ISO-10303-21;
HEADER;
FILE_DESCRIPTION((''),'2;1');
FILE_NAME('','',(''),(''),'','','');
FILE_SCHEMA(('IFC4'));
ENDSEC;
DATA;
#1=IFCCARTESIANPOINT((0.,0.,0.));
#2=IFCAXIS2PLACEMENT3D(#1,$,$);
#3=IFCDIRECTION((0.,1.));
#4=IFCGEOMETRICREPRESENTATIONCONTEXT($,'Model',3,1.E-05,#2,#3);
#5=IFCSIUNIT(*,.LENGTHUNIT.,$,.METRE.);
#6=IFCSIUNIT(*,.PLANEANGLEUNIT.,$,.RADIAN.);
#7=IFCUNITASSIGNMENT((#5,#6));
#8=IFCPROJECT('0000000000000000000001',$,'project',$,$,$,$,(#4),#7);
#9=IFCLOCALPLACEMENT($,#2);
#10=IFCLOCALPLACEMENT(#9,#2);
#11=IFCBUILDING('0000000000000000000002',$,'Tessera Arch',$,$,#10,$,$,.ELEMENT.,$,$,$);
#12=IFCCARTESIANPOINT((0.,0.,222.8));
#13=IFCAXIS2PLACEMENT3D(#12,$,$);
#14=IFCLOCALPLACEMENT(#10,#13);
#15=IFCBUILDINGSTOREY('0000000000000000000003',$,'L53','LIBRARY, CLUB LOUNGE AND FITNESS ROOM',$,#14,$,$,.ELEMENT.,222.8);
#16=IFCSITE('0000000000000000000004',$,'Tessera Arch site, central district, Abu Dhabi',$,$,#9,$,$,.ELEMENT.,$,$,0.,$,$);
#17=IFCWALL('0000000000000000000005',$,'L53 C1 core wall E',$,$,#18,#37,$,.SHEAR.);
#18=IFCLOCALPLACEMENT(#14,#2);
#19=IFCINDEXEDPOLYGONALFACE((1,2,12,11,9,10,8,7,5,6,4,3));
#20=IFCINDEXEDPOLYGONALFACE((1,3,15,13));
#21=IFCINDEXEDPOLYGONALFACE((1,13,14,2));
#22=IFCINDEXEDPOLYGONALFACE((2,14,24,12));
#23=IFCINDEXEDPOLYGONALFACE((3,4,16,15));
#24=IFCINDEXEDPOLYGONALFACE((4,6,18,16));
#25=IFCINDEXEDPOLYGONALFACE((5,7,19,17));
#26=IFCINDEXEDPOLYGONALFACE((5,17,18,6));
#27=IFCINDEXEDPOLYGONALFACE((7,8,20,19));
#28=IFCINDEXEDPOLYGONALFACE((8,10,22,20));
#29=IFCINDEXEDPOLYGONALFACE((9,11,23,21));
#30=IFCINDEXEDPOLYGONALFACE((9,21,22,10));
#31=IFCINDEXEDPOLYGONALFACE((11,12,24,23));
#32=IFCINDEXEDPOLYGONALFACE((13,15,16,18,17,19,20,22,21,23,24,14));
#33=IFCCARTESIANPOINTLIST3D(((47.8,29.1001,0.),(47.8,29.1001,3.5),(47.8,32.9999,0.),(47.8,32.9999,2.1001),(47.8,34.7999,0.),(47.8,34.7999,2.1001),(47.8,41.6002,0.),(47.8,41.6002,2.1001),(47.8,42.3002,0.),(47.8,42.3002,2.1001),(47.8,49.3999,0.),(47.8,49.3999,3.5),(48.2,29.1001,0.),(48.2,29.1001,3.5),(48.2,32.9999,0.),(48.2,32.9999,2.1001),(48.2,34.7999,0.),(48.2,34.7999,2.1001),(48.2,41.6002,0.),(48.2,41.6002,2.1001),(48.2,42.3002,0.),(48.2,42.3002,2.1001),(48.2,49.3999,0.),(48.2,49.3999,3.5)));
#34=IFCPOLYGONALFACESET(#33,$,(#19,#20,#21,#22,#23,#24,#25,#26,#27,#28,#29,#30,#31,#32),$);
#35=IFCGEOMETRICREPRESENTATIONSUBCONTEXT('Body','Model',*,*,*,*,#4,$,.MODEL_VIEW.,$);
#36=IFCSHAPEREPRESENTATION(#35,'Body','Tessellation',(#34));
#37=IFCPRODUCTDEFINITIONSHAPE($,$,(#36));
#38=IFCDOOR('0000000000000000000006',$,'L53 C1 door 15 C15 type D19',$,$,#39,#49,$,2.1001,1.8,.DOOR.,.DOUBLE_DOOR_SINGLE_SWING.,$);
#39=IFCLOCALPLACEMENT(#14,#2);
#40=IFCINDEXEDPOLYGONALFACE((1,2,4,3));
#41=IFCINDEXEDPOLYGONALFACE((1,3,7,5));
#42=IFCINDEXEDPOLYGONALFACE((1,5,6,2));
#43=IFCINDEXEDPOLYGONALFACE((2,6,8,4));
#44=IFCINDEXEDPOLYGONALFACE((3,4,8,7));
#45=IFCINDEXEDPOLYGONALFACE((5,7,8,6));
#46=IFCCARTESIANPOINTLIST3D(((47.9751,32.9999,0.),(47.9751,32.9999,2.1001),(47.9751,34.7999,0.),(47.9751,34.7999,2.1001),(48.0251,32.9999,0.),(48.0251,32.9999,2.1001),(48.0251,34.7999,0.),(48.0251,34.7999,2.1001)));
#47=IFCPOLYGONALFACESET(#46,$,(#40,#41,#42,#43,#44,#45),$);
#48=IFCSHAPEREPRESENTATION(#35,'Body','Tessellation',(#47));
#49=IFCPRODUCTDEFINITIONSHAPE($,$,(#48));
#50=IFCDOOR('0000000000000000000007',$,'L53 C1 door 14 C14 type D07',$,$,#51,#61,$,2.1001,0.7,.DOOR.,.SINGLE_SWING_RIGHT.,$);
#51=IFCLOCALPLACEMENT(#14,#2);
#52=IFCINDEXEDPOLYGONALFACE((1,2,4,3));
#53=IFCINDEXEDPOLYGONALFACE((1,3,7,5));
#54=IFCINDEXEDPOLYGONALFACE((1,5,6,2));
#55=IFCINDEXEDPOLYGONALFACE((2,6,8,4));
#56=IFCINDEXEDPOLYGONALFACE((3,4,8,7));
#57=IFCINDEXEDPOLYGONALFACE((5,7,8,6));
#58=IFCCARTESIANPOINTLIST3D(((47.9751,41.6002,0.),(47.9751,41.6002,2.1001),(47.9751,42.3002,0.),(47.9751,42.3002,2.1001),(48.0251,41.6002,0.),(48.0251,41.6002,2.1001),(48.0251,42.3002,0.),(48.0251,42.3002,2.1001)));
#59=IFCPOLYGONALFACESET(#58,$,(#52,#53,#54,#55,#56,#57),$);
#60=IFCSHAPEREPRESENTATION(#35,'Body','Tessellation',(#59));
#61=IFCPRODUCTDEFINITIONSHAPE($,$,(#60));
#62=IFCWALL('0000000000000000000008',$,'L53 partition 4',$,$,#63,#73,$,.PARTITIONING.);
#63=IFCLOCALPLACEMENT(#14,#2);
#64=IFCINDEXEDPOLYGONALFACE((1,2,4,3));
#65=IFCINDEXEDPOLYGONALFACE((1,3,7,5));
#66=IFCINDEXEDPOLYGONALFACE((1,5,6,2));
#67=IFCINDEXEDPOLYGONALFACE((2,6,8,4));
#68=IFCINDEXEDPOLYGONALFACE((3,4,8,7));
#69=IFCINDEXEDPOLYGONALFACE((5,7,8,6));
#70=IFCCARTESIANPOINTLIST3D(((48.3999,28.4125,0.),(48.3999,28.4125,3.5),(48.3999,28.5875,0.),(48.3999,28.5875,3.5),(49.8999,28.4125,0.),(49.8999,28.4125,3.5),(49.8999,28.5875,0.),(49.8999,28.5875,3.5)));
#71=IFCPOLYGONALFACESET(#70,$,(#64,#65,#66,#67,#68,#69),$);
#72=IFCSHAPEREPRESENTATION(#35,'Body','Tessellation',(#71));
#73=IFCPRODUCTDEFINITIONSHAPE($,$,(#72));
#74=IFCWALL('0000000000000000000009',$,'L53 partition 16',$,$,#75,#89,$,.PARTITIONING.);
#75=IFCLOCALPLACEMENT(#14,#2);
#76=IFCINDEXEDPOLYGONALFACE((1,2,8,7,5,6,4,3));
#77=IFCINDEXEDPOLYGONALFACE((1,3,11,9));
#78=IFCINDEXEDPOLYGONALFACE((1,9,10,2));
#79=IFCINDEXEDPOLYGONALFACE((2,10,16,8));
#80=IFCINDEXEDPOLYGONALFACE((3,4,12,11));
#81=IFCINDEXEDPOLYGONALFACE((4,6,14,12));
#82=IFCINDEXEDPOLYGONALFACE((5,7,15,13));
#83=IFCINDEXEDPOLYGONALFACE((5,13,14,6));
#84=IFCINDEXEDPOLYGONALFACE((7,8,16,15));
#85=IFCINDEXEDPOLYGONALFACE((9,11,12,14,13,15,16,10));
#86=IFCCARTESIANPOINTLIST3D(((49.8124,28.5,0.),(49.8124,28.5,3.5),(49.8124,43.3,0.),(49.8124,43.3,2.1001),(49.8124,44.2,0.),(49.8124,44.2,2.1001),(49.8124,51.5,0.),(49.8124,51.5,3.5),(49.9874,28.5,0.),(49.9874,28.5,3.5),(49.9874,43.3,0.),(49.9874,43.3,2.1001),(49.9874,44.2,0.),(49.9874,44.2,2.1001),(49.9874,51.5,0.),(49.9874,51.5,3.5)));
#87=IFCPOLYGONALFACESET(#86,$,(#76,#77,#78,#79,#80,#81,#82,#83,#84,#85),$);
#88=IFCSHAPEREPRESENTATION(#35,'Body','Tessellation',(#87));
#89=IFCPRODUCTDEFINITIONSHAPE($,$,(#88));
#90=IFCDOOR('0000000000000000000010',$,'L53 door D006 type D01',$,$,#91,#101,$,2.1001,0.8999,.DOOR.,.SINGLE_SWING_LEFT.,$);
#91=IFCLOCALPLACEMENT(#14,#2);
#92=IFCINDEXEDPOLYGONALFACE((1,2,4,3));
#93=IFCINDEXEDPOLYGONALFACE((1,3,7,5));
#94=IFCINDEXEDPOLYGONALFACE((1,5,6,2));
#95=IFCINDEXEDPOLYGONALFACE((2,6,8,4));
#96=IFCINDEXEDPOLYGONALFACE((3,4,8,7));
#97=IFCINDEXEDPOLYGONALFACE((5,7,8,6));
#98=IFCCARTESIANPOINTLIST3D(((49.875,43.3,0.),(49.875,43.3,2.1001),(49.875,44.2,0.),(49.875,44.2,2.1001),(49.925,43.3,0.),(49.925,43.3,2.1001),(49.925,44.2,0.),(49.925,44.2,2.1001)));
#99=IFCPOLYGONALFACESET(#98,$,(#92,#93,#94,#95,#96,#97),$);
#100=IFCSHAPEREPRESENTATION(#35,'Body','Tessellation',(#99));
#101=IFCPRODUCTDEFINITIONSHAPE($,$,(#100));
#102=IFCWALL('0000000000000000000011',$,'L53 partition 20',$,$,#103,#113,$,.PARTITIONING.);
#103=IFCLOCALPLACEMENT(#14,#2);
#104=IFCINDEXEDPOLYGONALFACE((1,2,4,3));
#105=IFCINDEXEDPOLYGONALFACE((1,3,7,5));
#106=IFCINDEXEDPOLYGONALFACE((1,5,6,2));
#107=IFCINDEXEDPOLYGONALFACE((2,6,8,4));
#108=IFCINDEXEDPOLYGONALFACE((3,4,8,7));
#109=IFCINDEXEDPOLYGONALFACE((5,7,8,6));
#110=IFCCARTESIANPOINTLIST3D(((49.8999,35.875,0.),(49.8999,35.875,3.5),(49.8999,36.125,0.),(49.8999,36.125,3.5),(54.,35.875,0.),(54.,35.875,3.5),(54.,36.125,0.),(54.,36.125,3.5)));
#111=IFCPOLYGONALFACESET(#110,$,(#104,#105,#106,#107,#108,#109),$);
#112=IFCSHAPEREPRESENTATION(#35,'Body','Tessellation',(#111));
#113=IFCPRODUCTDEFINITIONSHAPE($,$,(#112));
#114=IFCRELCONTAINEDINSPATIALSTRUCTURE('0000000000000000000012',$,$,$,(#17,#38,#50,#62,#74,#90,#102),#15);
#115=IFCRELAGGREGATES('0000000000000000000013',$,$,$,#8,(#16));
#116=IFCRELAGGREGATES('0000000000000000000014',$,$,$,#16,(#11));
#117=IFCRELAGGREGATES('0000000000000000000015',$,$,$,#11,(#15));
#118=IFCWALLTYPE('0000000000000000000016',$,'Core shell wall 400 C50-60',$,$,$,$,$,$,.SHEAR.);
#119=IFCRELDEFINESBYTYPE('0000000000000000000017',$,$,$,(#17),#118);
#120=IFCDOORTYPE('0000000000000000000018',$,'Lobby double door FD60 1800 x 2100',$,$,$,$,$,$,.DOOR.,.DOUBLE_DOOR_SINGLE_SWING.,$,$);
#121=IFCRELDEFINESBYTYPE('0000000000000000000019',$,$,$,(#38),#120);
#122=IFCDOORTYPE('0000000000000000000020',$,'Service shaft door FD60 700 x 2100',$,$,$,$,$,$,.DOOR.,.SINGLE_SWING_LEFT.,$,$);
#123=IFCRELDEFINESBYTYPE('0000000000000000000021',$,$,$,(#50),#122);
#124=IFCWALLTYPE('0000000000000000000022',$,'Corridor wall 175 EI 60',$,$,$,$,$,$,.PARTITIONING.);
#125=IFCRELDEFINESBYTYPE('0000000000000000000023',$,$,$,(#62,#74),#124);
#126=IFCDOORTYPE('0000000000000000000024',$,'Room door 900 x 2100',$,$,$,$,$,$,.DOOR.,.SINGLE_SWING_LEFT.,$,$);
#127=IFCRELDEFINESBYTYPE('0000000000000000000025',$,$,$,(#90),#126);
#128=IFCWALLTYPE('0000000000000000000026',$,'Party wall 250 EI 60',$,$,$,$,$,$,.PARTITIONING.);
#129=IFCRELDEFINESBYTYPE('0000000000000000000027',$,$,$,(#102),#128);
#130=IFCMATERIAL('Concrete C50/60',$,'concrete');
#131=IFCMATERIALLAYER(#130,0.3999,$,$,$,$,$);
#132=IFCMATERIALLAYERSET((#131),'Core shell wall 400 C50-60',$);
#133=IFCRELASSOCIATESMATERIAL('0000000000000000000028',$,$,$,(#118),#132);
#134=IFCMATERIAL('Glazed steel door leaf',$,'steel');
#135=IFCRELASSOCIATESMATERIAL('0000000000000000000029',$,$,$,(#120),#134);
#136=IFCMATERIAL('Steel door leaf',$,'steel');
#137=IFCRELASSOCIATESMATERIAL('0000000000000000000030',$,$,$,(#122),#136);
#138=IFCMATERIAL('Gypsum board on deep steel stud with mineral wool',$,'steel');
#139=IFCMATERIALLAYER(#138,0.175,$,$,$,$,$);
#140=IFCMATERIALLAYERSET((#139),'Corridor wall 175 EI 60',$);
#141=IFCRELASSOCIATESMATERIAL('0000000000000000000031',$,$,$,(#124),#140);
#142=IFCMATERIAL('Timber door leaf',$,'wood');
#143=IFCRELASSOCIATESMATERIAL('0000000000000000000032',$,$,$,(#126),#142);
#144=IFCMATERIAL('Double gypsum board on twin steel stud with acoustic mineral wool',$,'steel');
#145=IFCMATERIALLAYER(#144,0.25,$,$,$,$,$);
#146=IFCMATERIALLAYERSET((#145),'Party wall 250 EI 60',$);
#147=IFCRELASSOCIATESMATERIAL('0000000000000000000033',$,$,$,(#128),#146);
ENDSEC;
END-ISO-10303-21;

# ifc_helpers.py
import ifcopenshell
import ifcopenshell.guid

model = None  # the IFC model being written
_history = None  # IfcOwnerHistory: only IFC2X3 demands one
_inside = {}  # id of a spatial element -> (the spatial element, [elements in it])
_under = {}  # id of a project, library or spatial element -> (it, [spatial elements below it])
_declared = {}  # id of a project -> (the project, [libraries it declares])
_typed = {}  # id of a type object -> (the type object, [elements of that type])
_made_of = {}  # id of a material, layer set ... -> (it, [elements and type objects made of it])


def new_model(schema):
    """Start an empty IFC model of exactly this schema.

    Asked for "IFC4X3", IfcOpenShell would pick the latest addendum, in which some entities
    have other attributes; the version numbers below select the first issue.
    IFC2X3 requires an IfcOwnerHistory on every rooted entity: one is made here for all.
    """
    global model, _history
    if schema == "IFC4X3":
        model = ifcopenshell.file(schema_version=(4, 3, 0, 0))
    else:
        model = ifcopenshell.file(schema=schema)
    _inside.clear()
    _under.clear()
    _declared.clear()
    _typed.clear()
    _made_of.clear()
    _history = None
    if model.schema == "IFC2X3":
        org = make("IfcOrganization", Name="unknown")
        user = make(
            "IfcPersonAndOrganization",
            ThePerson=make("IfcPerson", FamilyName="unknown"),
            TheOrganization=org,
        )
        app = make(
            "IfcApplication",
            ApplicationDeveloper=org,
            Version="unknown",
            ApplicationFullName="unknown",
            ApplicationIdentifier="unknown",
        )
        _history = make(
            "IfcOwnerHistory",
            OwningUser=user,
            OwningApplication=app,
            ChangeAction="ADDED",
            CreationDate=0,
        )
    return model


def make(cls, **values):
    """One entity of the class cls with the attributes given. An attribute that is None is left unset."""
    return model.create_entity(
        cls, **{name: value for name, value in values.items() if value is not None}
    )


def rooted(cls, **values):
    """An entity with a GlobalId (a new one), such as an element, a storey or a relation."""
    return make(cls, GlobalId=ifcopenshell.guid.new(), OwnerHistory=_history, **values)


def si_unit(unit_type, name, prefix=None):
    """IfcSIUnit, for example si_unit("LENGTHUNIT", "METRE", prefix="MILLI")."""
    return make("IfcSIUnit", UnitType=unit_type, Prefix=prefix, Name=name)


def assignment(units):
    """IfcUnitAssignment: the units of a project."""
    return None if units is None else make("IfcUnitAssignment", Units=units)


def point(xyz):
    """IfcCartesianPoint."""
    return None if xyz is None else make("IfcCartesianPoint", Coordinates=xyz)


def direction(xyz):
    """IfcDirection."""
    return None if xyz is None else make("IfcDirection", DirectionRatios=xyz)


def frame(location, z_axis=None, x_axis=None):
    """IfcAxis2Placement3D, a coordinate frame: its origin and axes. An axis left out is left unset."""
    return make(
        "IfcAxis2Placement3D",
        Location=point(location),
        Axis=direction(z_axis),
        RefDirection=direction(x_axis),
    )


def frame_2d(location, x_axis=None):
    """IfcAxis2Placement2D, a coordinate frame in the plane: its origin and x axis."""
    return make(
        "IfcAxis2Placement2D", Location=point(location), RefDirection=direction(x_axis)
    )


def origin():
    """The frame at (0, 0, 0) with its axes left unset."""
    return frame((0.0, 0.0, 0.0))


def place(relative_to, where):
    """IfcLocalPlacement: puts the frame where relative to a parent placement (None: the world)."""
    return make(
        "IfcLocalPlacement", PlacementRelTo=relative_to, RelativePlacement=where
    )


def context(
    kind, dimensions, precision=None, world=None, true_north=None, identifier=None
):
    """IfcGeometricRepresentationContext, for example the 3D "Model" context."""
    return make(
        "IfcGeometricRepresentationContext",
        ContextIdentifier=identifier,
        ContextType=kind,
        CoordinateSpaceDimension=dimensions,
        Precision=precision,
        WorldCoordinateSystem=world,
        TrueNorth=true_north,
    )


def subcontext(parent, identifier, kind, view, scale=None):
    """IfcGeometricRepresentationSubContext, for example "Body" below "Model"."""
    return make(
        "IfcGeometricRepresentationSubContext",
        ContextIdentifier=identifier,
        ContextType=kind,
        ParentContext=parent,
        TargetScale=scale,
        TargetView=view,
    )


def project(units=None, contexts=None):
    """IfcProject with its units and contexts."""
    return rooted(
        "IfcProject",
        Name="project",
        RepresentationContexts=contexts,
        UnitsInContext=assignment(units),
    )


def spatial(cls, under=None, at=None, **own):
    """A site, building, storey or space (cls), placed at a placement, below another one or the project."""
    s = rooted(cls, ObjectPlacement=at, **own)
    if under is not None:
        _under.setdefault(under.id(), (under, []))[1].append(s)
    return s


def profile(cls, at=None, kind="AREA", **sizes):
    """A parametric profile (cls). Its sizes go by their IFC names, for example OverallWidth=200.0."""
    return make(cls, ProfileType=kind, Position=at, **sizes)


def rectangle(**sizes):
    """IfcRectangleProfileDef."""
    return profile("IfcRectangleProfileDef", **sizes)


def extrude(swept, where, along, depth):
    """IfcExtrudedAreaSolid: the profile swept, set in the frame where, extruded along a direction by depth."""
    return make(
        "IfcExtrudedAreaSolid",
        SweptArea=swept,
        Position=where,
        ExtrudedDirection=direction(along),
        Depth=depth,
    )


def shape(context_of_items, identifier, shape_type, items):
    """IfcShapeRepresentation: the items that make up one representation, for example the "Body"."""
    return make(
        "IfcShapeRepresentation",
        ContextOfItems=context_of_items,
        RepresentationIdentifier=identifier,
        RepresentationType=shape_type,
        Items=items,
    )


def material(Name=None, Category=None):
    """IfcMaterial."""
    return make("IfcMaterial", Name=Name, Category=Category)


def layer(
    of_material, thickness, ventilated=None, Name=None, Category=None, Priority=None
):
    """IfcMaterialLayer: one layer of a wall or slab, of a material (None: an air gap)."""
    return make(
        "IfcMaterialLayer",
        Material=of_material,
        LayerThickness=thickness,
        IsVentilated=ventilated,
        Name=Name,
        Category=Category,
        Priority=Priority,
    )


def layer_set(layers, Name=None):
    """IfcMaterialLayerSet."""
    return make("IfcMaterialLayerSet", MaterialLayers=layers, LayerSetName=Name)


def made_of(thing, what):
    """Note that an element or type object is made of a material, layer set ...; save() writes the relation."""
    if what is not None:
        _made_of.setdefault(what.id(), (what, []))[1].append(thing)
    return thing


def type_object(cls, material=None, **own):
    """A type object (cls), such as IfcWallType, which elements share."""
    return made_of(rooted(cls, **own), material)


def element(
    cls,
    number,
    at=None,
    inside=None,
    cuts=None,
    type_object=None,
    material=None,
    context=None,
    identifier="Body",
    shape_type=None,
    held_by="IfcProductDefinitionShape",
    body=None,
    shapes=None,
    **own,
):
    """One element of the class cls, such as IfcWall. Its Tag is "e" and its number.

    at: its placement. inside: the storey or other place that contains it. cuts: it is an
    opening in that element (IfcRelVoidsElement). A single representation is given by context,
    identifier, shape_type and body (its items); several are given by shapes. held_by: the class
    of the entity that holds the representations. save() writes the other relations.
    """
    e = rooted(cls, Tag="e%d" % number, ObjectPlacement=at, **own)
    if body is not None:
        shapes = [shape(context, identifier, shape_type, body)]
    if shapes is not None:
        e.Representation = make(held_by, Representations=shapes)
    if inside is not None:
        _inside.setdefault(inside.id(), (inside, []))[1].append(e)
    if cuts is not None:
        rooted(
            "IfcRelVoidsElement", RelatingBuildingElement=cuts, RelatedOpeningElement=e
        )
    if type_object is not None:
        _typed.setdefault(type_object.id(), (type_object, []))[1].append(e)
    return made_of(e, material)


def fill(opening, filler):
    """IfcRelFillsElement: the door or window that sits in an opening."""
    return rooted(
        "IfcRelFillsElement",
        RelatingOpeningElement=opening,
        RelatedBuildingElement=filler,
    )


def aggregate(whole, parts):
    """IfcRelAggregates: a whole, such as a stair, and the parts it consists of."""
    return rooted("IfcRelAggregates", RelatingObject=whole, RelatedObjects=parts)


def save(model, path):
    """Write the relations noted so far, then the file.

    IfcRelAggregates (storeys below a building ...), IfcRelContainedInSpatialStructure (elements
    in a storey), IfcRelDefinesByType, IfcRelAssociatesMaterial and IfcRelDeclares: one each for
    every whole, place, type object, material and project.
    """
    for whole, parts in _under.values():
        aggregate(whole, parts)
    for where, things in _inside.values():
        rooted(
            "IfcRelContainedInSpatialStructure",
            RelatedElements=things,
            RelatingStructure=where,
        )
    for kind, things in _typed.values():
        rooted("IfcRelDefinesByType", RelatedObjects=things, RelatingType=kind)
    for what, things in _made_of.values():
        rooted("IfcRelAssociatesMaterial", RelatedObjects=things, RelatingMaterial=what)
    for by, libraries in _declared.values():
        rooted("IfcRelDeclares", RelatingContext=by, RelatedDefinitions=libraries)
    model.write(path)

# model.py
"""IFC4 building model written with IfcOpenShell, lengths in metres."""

from ifc_helpers import new_model, si_unit, direction, frame, frame_2d, origin, place, context, subcontext, project, spatial, rectangle, extrude, material, layer, layer_set, type_object, element, fill, save


model = new_model("IFC4")

# Units and contexts
model_context = context("Model", 3, precision=1e-05, world=origin(), true_north=direction((0.0, 1.0)))
body_context = subcontext(model_context, "Body", "Model", "MODEL_VIEW")
ifc_project = project(units=[si_unit("LENGTHUNIT", "METRE"), si_unit("PLANEANGLEUNIT", "RADIAN")], contexts=[model_context])

# Site, building, storey
site_placement = place(None, origin())
site = spatial("IfcSite", under=ifc_project, at=site_placement, Name="Tessera Arch site, central district, Abu Dhabi", CompositionType="ELEMENT", RefElevation=0.0)
building_placement = place(site_placement, origin())
building = spatial("IfcBuilding", under=site, at=building_placement, Name="Tessera Arch", CompositionType="ELEMENT")
storey_placement = place(building_placement, frame((0.0, 0.0, 222.8)))
storey = spatial("IfcBuildingStorey", under=building, at=storey_placement, Name="L53", Description="LIBRARY, CLUB LOUNGE AND FITNESS ROOM", CompositionType="ELEMENT", Elevation=222.8)

# Wall, openings, doors
ifc_material_1 = material(Name="Concrete C50/60", Category="concrete")
ifc_layer_1 = layer(ifc_material_1, 0.3999)
ifc_layer_set_1 = layer_set([ifc_layer_1], Name="Core shell wall 400 C50-60")
wall_type_1 = type_object("IfcWallType", Name="Core shell wall 400 C50-60", PredefinedType="SHEAR", material=ifc_layer_set_1)
wall_1_placement = place(storey_placement, frame((48.0, 29.1001, 0.0), z_axis=(0.0, 0.0, 1.0), x_axis=(0.0, 1.0, 0.0)))
wall_1 = element("IfcWall", 1, at=wall_1_placement, inside=storey, type_object=wall_type_1, Name="L53 C1 core wall E", PredefinedType="SHEAR", context=body_context, shape_type="SweptSolid", body=[
    extrude(rectangle(XDim=20.2998, YDim=0.3999, at=frame_2d((10.1499, 0.0))), origin(), (0.0, 0.0, 1.0), 3.5),
])
opening_1_placement = place(wall_1_placement, frame((12.5, 0.0, 0.0)))
opening_1 = element("IfcOpeningElement", 2, at=opening_1_placement, cuts=wall_1, PredefinedType="OPENING", context=body_context, shape_type="SweptSolid", body=[
    extrude(rectangle(XDim=0.7, YDim=2.1001, at=frame_2d((0.3501, 1.05))), frame((0.0, 0.21, 0.0), z_axis=(0.0, -1.0, 0.0), x_axis=(1.0, 0.0, 0.0)), (0.0, 0.0, 1.0), 0.4199),
])
opening_2_placement = place(wall_1_placement, frame((3.8999, 0.0, 0.0)))
opening_2 = element("IfcOpeningElement", 3, at=opening_2_placement, cuts=wall_1, PredefinedType="OPENING", context=body_context, shape_type="SweptSolid", body=[
    extrude(rectangle(XDim=1.8, YDim=2.1001, at=frame_2d((0.8999, 1.05))), frame((0.0, 0.21, 0.0), z_axis=(0.0, -1.0, 0.0), x_axis=(1.0, 0.0, 0.0)), (0.0, 0.0, 1.0), 0.4199),
])
ifc_material_2 = material(Name="Glazed steel door leaf", Category="steel")
door_type_1 = type_object("IfcDoorType", Name="Lobby double door FD60 1800 x 2100", OperationType="DOUBLE_DOOR_SINGLE_SWING", PredefinedType="DOOR", material=ifc_material_2)
door_1_placement = place(opening_2_placement, origin())
door_1 = element("IfcDoor", 4, at=door_1_placement, inside=storey, type_object=door_type_1, Name="L53 C1 door 15 C15 type D19", OperationType="DOUBLE_DOOR_SINGLE_SWING", OverallHeight=2.1001, OverallWidth=1.8, PredefinedType="DOOR", context=body_context, shape_type="SweptSolid", body=[
    extrude(rectangle(XDim=1.8, YDim=2.1001, at=frame_2d((0.8999, 1.05))), frame((0.0, 0.0249, 0.0), z_axis=(0.0, -1.0, 0.0), x_axis=(1.0, 0.0, 0.0)), (0.0, 0.0, 1.0), 0.05),
])
fill(opening_2, door_1)
ifc_material_3 = material(Name="Steel door leaf", Category="steel")
door_type_2 = type_object("IfcDoorType", Name="Service shaft door FD60 700 x 2100", OperationType="SINGLE_SWING_LEFT", PredefinedType="DOOR", material=ifc_material_3)
door_2_placement = place(opening_1_placement, origin())
door_2 = element("IfcDoor", 5, at=door_2_placement, inside=storey, type_object=door_type_2, Name="L53 C1 door 14 C14 type D07", OperationType="SINGLE_SWING_RIGHT", OverallHeight=2.1001, OverallWidth=0.7, PredefinedType="DOOR", context=body_context, shape_type="SweptSolid", body=[
    extrude(rectangle(XDim=0.7, YDim=2.1001, at=frame_2d((0.3501, 1.05))), frame((0.0, 0.0249, 0.0), z_axis=(0.0, -1.0, 0.0), x_axis=(1.0, 0.0, 0.0)), (0.0, 0.0, 1.0), 0.05),
])
fill(opening_1, door_2)

# Wall
ifc_material_4 = material(Name="Gypsum board on deep steel stud with mineral wool", Category="steel")
ifc_layer_2 = layer(ifc_material_4, 0.175)
ifc_layer_set_2 = layer_set([ifc_layer_2], Name="Corridor wall 175 EI 60")
wall_type_2 = type_object("IfcWallType", Name="Corridor wall 175 EI 60", PredefinedType="PARTITIONING", material=ifc_layer_set_2)
wall_2_placement = place(storey_placement, frame((48.3999, 28.5, 0.0), z_axis=(0.0, 0.0, 1.0), x_axis=(1.0, 0.0, 0.0)))
element("IfcWall", 6, at=wall_2_placement, inside=storey, type_object=wall_type_2, Name="L53 partition 4", PredefinedType="PARTITIONING", context=body_context, shape_type="SweptSolid", body=[
    extrude(rectangle(XDim=1.5, YDim=0.175, at=frame_2d((0.75, 0.0))), origin(), (0.0, 0.0, 1.0), 3.5),
])

# Wall, opening, door
wall_3_placement = place(storey_placement, frame((49.8999, 28.5, 0.0), z_axis=(0.0, 0.0, 1.0), x_axis=(0.0, 1.0, 0.0)))
wall_3 = element("IfcWall", 7, at=wall_3_placement, inside=storey, type_object=wall_type_2, Name="L53 partition 16", PredefinedType="PARTITIONING", context=body_context, shape_type="SweptSolid", body=[
    extrude(rectangle(XDim=23.0, YDim=0.175, at=frame_2d((11.5, 0.0))), origin(), (0.0, 0.0, 1.0), 3.5),
])
opening_3_placement = place(wall_3_placement, frame((14.8, 0.0, 0.0)))
opening_3 = element("IfcOpeningElement", 8, at=opening_3_placement, cuts=wall_3, PredefinedType="OPENING", context=body_context, shape_type="SweptSolid", body=[
    extrude(rectangle(XDim=0.8999, YDim=2.1001, at=frame_2d((0.45, 1.05))), frame((0.0, 0.0974, 0.0), z_axis=(0.0, -1.0, 0.0), x_axis=(1.0, 0.0, 0.0)), (0.0, 0.0, 1.0), 0.1951),
])
ifc_material_5 = material(Name="Timber door leaf", Category="wood")
door_type_3 = type_object("IfcDoorType", Name="Room door 900 x 2100", OperationType="SINGLE_SWING_LEFT", PredefinedType="DOOR", material=ifc_material_5)
door_3_placement = place(opening_3_placement, origin())
door_3 = element("IfcDoor", 9, at=door_3_placement, inside=storey, type_object=door_type_3, Name="L53 door D006 type D01", OperationType="SINGLE_SWING_LEFT", OverallHeight=2.1001, OverallWidth=0.8999, PredefinedType="DOOR", context=body_context, shape_type="SweptSolid", body=[
    extrude(rectangle(XDim=0.8999, YDim=2.1001, at=frame_2d((0.45, 1.05))), frame((0.0, 0.0249, 0.0), z_axis=(0.0, -1.0, 0.0), x_axis=(1.0, 0.0, 0.0)), (0.0, 0.0, 1.0), 0.05),
])
fill(opening_3, door_3)

# Wall
ifc_material_6 = material(Name="Double gypsum board on twin steel stud with acoustic mineral wool", Category="steel")
ifc_layer_3 = layer(ifc_material_6, 0.25)
ifc_layer_set_3 = layer_set([ifc_layer_3], Name="Party wall 250 EI 60")
wall_type_3 = type_object("IfcWallType", Name="Party wall 250 EI 60", PredefinedType="PARTITIONING", material=ifc_layer_set_3)
wall_4_placement = place(storey_placement, frame((49.8999, 36.0, 0.0), z_axis=(0.0, 0.0, 1.0), x_axis=(1.0, 0.0, 0.0)))
element("IfcWall", 10, at=wall_4_placement, inside=storey, type_object=wall_type_3, Name="L53 partition 20", PredefinedType="PARTITIONING", context=body_context, shape_type="SweptSolid", body=[
    extrude(rectangle(XDim=4.1001, YDim=0.25, at=frame_2d((2.05, 0.0))), origin(), (0.0, 0.0, 1.0), 3.5),
])

save(model, "model.ifc")
